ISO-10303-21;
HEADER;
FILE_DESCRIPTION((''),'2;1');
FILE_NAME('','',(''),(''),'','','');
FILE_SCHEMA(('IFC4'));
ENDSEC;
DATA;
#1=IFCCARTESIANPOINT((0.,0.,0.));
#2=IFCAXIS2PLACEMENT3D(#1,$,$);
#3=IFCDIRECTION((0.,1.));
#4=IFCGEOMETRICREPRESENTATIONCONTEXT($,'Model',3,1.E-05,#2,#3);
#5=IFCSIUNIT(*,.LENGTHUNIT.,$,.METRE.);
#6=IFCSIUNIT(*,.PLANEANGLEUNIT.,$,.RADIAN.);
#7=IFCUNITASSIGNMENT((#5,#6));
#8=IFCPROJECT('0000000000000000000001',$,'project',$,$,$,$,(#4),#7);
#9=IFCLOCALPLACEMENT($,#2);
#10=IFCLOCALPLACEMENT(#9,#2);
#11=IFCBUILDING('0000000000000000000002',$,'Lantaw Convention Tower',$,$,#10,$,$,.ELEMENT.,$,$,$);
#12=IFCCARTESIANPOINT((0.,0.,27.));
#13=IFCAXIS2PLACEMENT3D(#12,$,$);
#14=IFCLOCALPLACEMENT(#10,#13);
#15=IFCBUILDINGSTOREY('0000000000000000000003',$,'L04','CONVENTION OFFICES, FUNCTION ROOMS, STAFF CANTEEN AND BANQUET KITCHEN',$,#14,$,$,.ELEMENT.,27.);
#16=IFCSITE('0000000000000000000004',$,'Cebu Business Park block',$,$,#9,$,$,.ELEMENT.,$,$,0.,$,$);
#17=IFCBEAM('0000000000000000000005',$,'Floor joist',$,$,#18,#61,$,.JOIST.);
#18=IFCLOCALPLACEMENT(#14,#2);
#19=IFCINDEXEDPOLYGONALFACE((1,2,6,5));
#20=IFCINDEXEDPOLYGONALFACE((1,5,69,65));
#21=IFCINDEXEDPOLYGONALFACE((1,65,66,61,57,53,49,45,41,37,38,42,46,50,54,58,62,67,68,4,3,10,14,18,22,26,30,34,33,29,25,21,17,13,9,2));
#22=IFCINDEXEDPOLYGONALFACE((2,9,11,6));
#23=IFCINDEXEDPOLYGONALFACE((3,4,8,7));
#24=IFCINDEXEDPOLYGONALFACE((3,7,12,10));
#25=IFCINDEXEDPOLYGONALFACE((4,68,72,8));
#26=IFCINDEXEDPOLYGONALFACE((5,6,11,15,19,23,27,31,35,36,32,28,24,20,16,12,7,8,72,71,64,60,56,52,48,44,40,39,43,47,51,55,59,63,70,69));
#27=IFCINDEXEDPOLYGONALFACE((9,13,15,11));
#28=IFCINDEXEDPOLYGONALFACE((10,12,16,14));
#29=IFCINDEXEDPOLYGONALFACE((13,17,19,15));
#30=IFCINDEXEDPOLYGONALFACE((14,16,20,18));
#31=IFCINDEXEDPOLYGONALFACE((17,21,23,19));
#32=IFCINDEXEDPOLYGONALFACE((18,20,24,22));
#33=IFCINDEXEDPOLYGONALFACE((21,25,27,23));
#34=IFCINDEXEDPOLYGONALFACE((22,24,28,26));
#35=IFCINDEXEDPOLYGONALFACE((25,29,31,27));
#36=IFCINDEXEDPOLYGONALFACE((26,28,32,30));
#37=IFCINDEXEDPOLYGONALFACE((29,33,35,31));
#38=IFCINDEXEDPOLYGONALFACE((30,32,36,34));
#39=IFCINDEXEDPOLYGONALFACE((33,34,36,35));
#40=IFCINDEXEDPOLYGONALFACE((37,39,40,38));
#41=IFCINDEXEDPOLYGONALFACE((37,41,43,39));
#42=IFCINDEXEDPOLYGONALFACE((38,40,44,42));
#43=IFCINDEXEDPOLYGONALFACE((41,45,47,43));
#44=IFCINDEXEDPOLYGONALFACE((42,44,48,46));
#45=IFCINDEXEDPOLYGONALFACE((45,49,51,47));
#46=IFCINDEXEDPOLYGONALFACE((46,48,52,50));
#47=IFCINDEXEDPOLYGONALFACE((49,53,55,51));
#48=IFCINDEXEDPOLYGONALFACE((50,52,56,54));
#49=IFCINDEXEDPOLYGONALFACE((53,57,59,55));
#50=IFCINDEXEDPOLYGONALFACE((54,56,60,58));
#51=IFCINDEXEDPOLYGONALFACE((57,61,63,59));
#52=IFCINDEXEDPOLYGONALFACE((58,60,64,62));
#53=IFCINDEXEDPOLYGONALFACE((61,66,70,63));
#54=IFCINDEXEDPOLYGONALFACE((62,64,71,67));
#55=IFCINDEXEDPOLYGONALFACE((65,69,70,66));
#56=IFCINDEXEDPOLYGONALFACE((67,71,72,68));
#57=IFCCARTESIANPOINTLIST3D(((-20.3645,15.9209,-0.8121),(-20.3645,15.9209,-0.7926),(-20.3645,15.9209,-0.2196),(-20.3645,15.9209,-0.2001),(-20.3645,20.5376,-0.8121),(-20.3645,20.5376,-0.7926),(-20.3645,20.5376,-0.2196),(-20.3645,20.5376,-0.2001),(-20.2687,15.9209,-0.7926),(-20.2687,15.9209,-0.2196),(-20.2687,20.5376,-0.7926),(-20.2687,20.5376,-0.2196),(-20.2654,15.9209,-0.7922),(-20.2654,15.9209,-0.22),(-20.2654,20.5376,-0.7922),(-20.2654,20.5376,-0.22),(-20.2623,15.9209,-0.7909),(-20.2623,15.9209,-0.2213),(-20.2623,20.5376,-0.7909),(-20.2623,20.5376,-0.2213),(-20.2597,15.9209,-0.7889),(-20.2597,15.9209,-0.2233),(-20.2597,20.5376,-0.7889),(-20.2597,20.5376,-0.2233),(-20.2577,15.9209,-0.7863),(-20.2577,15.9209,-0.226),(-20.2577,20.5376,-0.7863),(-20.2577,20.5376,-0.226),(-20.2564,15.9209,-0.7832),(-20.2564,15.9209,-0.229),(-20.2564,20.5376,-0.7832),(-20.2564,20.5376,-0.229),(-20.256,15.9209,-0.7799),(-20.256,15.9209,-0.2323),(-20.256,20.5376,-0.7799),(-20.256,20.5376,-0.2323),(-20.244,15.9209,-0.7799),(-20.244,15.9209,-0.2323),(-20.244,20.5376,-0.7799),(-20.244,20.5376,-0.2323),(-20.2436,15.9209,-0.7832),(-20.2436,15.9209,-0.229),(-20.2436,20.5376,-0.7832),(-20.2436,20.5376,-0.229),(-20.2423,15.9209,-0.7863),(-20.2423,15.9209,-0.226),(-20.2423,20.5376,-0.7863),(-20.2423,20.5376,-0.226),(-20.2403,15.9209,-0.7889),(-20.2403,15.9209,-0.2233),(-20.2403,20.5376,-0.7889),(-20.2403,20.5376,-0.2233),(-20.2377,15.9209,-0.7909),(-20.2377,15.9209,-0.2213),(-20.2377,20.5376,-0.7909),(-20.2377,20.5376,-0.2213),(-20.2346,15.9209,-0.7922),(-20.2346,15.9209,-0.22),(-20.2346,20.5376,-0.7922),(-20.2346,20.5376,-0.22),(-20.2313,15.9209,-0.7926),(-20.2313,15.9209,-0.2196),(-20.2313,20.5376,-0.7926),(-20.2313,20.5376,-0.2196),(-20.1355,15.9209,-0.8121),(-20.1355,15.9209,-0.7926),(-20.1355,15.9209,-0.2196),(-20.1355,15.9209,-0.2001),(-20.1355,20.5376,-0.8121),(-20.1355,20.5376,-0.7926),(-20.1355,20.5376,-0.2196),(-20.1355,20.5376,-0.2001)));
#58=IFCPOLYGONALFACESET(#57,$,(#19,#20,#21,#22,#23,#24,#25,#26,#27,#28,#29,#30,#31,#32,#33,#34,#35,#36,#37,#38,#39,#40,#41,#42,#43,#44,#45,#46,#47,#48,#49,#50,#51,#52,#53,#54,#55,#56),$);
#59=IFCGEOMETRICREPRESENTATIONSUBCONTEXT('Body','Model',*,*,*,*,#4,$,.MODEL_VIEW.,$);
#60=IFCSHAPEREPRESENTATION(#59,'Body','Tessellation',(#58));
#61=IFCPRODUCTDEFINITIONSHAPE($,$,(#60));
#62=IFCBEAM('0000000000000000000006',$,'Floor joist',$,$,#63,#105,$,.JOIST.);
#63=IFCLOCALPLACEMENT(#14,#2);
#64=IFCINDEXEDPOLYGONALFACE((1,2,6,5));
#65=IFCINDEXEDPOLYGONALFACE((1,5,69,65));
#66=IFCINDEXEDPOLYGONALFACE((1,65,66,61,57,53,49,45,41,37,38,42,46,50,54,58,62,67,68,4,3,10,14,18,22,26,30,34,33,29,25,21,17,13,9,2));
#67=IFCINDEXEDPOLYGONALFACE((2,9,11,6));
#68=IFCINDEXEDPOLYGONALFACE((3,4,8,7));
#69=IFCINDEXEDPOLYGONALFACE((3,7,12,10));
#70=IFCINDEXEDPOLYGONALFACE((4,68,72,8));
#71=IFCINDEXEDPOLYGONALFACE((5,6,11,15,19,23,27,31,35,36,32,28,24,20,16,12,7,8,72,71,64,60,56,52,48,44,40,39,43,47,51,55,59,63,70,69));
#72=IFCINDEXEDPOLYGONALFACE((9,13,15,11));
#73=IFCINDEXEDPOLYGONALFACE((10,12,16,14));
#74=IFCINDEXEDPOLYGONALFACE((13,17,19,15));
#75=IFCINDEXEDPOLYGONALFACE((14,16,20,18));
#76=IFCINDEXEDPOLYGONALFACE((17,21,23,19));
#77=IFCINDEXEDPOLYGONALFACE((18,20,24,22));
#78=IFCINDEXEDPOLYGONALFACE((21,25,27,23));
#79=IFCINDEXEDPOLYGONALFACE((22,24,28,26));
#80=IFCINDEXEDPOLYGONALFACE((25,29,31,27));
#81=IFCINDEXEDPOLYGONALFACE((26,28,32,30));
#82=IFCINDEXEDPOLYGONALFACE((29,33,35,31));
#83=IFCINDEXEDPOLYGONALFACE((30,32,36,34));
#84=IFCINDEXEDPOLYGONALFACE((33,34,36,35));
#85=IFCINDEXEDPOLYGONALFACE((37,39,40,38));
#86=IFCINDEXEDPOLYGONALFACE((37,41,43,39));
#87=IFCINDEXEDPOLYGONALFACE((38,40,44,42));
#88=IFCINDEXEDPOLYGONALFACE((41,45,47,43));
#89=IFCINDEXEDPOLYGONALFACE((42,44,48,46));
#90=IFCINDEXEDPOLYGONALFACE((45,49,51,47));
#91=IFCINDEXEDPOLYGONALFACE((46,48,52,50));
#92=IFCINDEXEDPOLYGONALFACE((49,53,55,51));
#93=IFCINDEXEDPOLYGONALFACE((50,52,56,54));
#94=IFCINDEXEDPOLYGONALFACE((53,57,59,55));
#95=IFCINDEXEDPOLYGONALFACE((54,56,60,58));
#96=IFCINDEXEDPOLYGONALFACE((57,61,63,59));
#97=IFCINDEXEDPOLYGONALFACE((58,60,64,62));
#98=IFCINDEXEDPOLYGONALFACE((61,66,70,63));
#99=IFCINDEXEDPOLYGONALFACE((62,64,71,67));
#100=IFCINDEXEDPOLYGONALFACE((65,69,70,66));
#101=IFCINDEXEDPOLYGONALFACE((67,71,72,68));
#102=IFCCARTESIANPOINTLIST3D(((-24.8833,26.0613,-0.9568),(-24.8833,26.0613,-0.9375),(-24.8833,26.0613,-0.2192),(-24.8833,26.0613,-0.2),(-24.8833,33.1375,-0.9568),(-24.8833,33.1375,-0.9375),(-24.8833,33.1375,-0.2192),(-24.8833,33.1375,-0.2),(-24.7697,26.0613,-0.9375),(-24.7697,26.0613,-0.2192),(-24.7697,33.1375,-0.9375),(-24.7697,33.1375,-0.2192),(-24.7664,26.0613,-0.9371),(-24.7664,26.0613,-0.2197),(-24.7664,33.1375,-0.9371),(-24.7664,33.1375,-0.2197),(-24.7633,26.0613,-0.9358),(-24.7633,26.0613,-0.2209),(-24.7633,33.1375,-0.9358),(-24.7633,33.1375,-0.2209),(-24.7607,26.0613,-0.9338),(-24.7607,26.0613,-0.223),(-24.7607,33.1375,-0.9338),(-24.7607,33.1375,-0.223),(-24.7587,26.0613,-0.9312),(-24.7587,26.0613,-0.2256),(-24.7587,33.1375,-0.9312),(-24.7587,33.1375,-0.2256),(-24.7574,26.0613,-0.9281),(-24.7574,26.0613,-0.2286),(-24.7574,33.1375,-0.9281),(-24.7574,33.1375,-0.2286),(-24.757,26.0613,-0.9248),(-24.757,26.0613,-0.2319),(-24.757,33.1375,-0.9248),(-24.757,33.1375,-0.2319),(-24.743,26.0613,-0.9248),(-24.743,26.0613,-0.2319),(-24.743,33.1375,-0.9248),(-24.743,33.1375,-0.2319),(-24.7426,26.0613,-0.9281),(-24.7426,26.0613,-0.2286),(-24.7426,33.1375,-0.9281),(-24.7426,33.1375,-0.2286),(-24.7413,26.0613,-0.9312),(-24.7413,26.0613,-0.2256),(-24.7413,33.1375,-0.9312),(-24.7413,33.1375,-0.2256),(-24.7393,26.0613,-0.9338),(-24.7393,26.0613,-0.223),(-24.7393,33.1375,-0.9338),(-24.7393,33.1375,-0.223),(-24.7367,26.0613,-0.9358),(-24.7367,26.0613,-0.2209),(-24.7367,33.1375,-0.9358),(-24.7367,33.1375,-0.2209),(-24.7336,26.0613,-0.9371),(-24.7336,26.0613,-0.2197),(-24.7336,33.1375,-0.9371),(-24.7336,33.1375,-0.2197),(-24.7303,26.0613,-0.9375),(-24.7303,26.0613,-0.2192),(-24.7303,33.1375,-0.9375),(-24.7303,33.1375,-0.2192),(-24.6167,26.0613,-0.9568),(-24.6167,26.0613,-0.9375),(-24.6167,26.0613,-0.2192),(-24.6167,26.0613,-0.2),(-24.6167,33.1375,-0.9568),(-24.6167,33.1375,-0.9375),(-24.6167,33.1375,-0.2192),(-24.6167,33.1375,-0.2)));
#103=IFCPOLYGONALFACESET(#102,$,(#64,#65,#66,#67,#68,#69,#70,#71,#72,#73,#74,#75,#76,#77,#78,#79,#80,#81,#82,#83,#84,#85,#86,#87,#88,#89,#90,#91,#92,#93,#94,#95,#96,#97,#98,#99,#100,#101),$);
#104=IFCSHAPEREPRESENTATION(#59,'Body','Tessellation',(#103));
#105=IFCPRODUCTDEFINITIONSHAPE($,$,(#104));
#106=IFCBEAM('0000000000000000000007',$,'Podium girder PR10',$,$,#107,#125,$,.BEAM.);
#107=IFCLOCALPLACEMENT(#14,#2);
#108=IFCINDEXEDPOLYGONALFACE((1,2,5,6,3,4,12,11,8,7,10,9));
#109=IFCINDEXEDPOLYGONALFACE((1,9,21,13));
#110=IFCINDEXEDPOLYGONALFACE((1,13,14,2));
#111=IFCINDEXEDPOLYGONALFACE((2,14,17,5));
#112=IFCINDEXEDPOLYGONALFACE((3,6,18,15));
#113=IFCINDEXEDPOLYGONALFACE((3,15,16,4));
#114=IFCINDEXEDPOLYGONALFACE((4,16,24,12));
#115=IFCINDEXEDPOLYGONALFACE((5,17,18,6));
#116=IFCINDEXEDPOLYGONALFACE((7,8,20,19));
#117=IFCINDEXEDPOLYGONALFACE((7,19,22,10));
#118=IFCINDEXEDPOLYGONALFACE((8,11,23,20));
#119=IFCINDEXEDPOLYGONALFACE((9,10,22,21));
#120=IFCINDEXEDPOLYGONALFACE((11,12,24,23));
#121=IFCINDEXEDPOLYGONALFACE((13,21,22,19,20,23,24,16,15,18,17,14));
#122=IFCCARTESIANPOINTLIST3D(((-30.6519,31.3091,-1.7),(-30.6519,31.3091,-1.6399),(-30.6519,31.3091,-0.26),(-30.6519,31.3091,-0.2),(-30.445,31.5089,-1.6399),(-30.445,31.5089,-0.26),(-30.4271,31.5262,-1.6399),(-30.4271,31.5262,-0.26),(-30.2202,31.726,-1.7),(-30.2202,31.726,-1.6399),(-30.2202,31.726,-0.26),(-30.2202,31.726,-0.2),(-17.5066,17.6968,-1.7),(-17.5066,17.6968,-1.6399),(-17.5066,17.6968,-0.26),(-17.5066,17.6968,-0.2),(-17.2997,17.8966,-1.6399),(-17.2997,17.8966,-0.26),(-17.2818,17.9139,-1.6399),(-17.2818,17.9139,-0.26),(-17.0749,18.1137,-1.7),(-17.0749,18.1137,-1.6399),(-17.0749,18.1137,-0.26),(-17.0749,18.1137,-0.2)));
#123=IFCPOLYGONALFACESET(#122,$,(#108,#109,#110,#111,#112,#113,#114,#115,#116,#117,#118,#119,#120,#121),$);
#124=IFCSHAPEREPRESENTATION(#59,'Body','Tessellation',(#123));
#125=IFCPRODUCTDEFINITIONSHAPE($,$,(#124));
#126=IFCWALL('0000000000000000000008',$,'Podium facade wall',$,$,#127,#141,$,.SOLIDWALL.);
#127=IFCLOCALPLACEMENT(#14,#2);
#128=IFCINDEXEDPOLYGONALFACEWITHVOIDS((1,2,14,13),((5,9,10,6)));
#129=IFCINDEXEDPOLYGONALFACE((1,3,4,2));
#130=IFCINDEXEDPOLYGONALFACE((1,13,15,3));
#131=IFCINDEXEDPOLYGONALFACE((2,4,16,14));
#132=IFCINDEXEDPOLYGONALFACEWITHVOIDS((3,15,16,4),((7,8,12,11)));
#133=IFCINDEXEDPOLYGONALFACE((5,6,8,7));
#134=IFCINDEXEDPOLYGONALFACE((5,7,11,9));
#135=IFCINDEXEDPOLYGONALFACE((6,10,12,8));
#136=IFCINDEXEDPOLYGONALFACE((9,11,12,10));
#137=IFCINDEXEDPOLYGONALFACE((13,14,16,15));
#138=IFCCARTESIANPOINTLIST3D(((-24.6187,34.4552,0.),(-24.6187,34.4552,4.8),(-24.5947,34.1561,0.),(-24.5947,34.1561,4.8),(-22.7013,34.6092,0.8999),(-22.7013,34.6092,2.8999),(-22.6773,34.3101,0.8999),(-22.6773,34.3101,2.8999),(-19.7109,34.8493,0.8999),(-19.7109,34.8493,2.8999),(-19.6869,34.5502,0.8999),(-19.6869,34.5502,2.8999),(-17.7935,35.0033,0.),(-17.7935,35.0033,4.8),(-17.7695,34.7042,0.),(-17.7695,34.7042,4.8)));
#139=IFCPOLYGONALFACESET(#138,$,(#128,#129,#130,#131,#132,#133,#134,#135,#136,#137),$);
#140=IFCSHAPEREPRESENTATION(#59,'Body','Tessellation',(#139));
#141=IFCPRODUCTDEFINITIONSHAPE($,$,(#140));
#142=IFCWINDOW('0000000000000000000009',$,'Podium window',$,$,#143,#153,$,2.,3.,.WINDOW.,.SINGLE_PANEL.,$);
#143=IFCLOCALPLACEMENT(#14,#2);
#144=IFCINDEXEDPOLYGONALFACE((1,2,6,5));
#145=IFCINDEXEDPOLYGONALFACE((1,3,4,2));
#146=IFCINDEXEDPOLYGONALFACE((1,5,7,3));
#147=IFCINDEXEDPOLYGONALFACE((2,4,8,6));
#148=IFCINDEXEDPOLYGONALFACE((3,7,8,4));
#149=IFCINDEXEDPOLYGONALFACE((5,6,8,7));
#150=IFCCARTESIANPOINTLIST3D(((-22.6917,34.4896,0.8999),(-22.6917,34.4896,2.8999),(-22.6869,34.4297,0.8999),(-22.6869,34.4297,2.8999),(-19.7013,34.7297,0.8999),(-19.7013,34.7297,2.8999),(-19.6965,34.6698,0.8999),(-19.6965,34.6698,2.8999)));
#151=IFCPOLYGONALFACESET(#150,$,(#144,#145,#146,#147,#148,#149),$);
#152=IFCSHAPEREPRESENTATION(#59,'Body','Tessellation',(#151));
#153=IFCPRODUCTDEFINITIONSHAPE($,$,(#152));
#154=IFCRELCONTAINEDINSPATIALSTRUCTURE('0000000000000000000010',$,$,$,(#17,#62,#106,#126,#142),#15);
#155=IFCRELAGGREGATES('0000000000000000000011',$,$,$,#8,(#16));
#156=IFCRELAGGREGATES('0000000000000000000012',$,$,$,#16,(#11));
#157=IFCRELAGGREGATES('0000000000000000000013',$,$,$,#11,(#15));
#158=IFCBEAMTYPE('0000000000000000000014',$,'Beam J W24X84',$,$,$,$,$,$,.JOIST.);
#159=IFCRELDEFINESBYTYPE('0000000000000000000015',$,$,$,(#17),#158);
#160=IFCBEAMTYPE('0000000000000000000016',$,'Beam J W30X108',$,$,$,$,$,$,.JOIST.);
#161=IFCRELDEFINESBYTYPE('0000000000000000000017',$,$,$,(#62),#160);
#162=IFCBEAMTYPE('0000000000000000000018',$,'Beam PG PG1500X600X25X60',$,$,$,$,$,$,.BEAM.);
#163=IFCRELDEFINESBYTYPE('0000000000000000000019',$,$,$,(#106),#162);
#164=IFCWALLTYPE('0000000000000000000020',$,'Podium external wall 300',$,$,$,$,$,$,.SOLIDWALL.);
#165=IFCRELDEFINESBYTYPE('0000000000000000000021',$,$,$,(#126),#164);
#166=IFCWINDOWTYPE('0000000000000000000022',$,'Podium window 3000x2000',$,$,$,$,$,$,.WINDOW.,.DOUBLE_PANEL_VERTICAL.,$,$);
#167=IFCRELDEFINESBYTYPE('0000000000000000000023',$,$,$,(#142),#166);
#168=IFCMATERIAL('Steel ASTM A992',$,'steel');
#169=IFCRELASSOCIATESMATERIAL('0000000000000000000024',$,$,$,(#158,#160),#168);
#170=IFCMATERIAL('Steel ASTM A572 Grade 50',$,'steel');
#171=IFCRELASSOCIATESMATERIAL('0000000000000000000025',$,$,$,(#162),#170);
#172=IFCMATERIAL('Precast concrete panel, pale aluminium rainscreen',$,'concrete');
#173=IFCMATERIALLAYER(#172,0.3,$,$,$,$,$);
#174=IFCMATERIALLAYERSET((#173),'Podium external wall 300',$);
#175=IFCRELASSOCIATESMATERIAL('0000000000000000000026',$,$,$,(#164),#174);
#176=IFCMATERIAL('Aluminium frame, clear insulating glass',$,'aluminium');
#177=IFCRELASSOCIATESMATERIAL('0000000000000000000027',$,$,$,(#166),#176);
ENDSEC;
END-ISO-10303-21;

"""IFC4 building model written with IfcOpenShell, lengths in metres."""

from ifc_helpers import new_model, si_unit, direction, frame, frame_2d, origin, origin_2d, place, context, subcontext, project, spatial, rectangle, i_section, extrude, material, layer, layer_set, material_profile, profile_set, type_object, element, fill, save


model = new_model("IFC4")

# Units and contexts
model_context = context("Model", 3, precision=1e-05, world=origin(), true_north=direction((0.0, 1.0)))
body_context = subcontext(model_context, "Body", "Model", "MODEL_VIEW")
ifc_project = project(units=[si_unit("LENGTHUNIT", "METRE"), si_unit("PLANEANGLEUNIT", "RADIAN")], contexts=[model_context])

# Site, building, storey
site_placement = place(None, origin())
site = spatial("IfcSite", under=ifc_project, at=site_placement, Name="Cebu Business Park block", CompositionType="ELEMENT", RefElevation=0.0)
building_placement = place(site_placement, origin())
building = spatial("IfcBuilding", under=site, at=building_placement, Name="Lantaw Convention Tower", CompositionType="ELEMENT")
storey_placement = place(building_placement, frame((0.0, 0.0, 27.0)))
storey = spatial("IfcBuildingStorey", under=building, at=storey_placement, Name="L04", Description="CONVENTION OFFICES, FUNCTION ROOMS, STAFF CANTEEN AND BANQUET KITCHEN", CompositionType="ELEMENT", Elevation=27.0)

# Shared definitions
ifc_material_1 = material(Name="Steel ASTM A572 Grade 50", Category="steel")

# Beams
ifc_material_2 = material(Name="Steel ASTM A992", Category="steel")
ifc_material_profile_1 = material_profile(ifc_material_2, i_section(OverallWidth=0.229, OverallDepth=0.6121, WebThickness=0.012, FlangeThickness=0.0195, FilletRadius=0.0127, at=origin_2d()), Name="W24X84")
ifc_profile_set_1 = profile_set([ifc_material_profile_1], Name="Steel ASTM A992")
beam_type_1 = type_object("IfcBeamType", Name="Beam J W24X84", PredefinedType="JOIST", material=ifc_profile_set_1)
beam_1_placement = place(storey_placement, frame((-20.25, 15.9209, -0.5061), z_axis=(0.0, 1.0, 0.0), x_axis=(-1.0, 0.0, 0.0)))
element("IfcBeam", 1, at=beam_1_placement, inside=storey, type_object=beam_type_1, Name="Floor joist", PredefinedType="JOIST", context=body_context, shape_type="SweptSolid", body=[
    extrude(i_section(OverallWidth=0.229, OverallDepth=0.6121, WebThickness=0.012, FlangeThickness=0.0195, FilletRadius=0.0127, at=origin_2d()), origin(), (0.0, 0.0, 1.0), 4.6167),
])
ifc_material_profile_2 = material_profile(ifc_material_2, i_section(OverallWidth=0.2666, OverallDepth=0.7568, WebThickness=0.0139, FlangeThickness=0.0193, FilletRadius=0.0127, at=origin_2d()), Name="W30X108")
ifc_profile_set_2 = profile_set([ifc_material_profile_2], Name="Steel ASTM A992")
beam_type_2 = type_object("IfcBeamType", Name="Beam J W30X108", PredefinedType="JOIST", material=ifc_profile_set_2)
beam_2_placement = place(storey_placement, frame((-24.75, 26.0613, -0.5784), z_axis=(0.0, 1.0, 0.0), x_axis=(-1.0, 0.0, 0.0)))
element("IfcBeam", 2, at=beam_2_placement, inside=storey, type_object=beam_type_2, Name="Floor joist", PredefinedType="JOIST", context=body_context, shape_type="SweptSolid", body=[
    extrude(i_section(OverallWidth=0.2666, OverallDepth=0.7568, WebThickness=0.0139, FlangeThickness=0.0193, FilletRadius=0.0127, at=origin_2d()), origin(), (0.0, 0.0, 1.0), 7.0762),
])
ifc_material_profile_3 = material_profile(ifc_material_1, i_section(OverallWidth=0.6001, OverallDepth=1.5, WebThickness=0.0249, FlangeThickness=0.0601, at=origin_2d()), Name="PG1500X600X25X60")
ifc_profile_set_3 = profile_set([ifc_material_profile_3], Name="Steel ASTM A572 Grade 50")
beam_type_3 = type_object("IfcBeamType", Name="Beam PG PG1500X600X25X60", PredefinedType="BEAM", material=ifc_profile_set_3)
beam_3_placement = place(storey_placement, frame((-17.2908, 17.9053, -0.95), z_axis=(-0.694659, 0.719339, 0.0), x_axis=(-0.719339, -0.694659, 0.0)))
element("IfcBeam", 3, at=beam_3_placement, inside=storey, type_object=beam_type_3, Name="Podium girder PR10", PredefinedType="BEAM", context=body_context, shape_type="SweptSolid", body=[
    extrude(i_section(OverallWidth=0.6001, OverallDepth=1.5, WebThickness=0.0249, FlangeThickness=0.0601, at=origin_2d()), origin(), (0.0, 0.0, 1.0), 18.9233),
])

# Wall, opening, window
ifc_material_3 = material(Name="Precast concrete panel, pale aluminium rainscreen", Category="concrete")
ifc_layer_1 = layer(ifc_material_3, 0.3)
ifc_layer_set_1 = layer_set([ifc_layer_1], Name="Podium external wall 300")
wall_type_1 = type_object("IfcWallType", Name="Podium external wall 300", PredefinedType="SOLIDWALL", material=ifc_layer_set_1)
wall_1_placement = place(storey_placement, frame((-17.7815, 34.8538, 0.0), z_axis=(0.0, 0.0, 1.0), x_axis=(-0.996791, -0.080047, 0.0)))
wall_1 = element("IfcWall", 4, at=wall_1_placement, inside=storey, type_object=wall_type_1, Name="Podium facade wall", PredefinedType="SOLIDWALL", context=body_context, shape_type="SweptSolid", body=[
    extrude(rectangle(XDim=6.8472, YDim=0.3, at=frame_2d((3.4236, 0.0))), origin(), (0.0, 0.0, 1.0), 4.8),
])
opening_1_placement = place(wall_1_placement, frame((1.9236, 0.0, 0.8999)))
opening_1 = element("IfcOpeningElement", 5, at=opening_1_placement, cuts=wall_1, PredefinedType="OPENING", context=body_context, shape_type="SweptSolid", body=[
    extrude(rectangle(XDim=3.0, YDim=2.0, at=frame_2d((1.5, 1.0))), frame((0.0, 0.1599, 0.0), z_axis=(0.0, -1.0, 0.0), x_axis=(1.0, 0.0, 0.0)), (0.0, 0.0, 1.0), 0.3201),
])
ifc_material_4 = material(Name="Aluminium frame, clear insulating glass", Category="aluminium")
window_type = type_object("IfcWindowType", Name="Podium window 3000x2000", PartitioningType="DOUBLE_PANEL_VERTICAL", PredefinedType="WINDOW", material=ifc_material_4)
window_1_placement = place(opening_1_placement, origin())
window_1 = element("IfcWindow", 6, at=window_1_placement, inside=storey, type_object=window_type, Name="Podium window", OverallHeight=2.0, OverallWidth=3.0, PartitioningType="SINGLE_PANEL", PredefinedType="WINDOW", context=body_context, shape_type="SweptSolid", body=[
    extrude(rectangle(XDim=3.0, YDim=2.0, at=frame_2d((1.5, 1.0))), frame((0.0, 0.03, 0.0), z_axis=(0.0, -1.0, 0.0), x_axis=(1.0, 0.0, 0.0)), (0.0, 0.0, 1.0), 0.0601),
])
fill(opening_1, window_1)

save(model, "model.ifc")
